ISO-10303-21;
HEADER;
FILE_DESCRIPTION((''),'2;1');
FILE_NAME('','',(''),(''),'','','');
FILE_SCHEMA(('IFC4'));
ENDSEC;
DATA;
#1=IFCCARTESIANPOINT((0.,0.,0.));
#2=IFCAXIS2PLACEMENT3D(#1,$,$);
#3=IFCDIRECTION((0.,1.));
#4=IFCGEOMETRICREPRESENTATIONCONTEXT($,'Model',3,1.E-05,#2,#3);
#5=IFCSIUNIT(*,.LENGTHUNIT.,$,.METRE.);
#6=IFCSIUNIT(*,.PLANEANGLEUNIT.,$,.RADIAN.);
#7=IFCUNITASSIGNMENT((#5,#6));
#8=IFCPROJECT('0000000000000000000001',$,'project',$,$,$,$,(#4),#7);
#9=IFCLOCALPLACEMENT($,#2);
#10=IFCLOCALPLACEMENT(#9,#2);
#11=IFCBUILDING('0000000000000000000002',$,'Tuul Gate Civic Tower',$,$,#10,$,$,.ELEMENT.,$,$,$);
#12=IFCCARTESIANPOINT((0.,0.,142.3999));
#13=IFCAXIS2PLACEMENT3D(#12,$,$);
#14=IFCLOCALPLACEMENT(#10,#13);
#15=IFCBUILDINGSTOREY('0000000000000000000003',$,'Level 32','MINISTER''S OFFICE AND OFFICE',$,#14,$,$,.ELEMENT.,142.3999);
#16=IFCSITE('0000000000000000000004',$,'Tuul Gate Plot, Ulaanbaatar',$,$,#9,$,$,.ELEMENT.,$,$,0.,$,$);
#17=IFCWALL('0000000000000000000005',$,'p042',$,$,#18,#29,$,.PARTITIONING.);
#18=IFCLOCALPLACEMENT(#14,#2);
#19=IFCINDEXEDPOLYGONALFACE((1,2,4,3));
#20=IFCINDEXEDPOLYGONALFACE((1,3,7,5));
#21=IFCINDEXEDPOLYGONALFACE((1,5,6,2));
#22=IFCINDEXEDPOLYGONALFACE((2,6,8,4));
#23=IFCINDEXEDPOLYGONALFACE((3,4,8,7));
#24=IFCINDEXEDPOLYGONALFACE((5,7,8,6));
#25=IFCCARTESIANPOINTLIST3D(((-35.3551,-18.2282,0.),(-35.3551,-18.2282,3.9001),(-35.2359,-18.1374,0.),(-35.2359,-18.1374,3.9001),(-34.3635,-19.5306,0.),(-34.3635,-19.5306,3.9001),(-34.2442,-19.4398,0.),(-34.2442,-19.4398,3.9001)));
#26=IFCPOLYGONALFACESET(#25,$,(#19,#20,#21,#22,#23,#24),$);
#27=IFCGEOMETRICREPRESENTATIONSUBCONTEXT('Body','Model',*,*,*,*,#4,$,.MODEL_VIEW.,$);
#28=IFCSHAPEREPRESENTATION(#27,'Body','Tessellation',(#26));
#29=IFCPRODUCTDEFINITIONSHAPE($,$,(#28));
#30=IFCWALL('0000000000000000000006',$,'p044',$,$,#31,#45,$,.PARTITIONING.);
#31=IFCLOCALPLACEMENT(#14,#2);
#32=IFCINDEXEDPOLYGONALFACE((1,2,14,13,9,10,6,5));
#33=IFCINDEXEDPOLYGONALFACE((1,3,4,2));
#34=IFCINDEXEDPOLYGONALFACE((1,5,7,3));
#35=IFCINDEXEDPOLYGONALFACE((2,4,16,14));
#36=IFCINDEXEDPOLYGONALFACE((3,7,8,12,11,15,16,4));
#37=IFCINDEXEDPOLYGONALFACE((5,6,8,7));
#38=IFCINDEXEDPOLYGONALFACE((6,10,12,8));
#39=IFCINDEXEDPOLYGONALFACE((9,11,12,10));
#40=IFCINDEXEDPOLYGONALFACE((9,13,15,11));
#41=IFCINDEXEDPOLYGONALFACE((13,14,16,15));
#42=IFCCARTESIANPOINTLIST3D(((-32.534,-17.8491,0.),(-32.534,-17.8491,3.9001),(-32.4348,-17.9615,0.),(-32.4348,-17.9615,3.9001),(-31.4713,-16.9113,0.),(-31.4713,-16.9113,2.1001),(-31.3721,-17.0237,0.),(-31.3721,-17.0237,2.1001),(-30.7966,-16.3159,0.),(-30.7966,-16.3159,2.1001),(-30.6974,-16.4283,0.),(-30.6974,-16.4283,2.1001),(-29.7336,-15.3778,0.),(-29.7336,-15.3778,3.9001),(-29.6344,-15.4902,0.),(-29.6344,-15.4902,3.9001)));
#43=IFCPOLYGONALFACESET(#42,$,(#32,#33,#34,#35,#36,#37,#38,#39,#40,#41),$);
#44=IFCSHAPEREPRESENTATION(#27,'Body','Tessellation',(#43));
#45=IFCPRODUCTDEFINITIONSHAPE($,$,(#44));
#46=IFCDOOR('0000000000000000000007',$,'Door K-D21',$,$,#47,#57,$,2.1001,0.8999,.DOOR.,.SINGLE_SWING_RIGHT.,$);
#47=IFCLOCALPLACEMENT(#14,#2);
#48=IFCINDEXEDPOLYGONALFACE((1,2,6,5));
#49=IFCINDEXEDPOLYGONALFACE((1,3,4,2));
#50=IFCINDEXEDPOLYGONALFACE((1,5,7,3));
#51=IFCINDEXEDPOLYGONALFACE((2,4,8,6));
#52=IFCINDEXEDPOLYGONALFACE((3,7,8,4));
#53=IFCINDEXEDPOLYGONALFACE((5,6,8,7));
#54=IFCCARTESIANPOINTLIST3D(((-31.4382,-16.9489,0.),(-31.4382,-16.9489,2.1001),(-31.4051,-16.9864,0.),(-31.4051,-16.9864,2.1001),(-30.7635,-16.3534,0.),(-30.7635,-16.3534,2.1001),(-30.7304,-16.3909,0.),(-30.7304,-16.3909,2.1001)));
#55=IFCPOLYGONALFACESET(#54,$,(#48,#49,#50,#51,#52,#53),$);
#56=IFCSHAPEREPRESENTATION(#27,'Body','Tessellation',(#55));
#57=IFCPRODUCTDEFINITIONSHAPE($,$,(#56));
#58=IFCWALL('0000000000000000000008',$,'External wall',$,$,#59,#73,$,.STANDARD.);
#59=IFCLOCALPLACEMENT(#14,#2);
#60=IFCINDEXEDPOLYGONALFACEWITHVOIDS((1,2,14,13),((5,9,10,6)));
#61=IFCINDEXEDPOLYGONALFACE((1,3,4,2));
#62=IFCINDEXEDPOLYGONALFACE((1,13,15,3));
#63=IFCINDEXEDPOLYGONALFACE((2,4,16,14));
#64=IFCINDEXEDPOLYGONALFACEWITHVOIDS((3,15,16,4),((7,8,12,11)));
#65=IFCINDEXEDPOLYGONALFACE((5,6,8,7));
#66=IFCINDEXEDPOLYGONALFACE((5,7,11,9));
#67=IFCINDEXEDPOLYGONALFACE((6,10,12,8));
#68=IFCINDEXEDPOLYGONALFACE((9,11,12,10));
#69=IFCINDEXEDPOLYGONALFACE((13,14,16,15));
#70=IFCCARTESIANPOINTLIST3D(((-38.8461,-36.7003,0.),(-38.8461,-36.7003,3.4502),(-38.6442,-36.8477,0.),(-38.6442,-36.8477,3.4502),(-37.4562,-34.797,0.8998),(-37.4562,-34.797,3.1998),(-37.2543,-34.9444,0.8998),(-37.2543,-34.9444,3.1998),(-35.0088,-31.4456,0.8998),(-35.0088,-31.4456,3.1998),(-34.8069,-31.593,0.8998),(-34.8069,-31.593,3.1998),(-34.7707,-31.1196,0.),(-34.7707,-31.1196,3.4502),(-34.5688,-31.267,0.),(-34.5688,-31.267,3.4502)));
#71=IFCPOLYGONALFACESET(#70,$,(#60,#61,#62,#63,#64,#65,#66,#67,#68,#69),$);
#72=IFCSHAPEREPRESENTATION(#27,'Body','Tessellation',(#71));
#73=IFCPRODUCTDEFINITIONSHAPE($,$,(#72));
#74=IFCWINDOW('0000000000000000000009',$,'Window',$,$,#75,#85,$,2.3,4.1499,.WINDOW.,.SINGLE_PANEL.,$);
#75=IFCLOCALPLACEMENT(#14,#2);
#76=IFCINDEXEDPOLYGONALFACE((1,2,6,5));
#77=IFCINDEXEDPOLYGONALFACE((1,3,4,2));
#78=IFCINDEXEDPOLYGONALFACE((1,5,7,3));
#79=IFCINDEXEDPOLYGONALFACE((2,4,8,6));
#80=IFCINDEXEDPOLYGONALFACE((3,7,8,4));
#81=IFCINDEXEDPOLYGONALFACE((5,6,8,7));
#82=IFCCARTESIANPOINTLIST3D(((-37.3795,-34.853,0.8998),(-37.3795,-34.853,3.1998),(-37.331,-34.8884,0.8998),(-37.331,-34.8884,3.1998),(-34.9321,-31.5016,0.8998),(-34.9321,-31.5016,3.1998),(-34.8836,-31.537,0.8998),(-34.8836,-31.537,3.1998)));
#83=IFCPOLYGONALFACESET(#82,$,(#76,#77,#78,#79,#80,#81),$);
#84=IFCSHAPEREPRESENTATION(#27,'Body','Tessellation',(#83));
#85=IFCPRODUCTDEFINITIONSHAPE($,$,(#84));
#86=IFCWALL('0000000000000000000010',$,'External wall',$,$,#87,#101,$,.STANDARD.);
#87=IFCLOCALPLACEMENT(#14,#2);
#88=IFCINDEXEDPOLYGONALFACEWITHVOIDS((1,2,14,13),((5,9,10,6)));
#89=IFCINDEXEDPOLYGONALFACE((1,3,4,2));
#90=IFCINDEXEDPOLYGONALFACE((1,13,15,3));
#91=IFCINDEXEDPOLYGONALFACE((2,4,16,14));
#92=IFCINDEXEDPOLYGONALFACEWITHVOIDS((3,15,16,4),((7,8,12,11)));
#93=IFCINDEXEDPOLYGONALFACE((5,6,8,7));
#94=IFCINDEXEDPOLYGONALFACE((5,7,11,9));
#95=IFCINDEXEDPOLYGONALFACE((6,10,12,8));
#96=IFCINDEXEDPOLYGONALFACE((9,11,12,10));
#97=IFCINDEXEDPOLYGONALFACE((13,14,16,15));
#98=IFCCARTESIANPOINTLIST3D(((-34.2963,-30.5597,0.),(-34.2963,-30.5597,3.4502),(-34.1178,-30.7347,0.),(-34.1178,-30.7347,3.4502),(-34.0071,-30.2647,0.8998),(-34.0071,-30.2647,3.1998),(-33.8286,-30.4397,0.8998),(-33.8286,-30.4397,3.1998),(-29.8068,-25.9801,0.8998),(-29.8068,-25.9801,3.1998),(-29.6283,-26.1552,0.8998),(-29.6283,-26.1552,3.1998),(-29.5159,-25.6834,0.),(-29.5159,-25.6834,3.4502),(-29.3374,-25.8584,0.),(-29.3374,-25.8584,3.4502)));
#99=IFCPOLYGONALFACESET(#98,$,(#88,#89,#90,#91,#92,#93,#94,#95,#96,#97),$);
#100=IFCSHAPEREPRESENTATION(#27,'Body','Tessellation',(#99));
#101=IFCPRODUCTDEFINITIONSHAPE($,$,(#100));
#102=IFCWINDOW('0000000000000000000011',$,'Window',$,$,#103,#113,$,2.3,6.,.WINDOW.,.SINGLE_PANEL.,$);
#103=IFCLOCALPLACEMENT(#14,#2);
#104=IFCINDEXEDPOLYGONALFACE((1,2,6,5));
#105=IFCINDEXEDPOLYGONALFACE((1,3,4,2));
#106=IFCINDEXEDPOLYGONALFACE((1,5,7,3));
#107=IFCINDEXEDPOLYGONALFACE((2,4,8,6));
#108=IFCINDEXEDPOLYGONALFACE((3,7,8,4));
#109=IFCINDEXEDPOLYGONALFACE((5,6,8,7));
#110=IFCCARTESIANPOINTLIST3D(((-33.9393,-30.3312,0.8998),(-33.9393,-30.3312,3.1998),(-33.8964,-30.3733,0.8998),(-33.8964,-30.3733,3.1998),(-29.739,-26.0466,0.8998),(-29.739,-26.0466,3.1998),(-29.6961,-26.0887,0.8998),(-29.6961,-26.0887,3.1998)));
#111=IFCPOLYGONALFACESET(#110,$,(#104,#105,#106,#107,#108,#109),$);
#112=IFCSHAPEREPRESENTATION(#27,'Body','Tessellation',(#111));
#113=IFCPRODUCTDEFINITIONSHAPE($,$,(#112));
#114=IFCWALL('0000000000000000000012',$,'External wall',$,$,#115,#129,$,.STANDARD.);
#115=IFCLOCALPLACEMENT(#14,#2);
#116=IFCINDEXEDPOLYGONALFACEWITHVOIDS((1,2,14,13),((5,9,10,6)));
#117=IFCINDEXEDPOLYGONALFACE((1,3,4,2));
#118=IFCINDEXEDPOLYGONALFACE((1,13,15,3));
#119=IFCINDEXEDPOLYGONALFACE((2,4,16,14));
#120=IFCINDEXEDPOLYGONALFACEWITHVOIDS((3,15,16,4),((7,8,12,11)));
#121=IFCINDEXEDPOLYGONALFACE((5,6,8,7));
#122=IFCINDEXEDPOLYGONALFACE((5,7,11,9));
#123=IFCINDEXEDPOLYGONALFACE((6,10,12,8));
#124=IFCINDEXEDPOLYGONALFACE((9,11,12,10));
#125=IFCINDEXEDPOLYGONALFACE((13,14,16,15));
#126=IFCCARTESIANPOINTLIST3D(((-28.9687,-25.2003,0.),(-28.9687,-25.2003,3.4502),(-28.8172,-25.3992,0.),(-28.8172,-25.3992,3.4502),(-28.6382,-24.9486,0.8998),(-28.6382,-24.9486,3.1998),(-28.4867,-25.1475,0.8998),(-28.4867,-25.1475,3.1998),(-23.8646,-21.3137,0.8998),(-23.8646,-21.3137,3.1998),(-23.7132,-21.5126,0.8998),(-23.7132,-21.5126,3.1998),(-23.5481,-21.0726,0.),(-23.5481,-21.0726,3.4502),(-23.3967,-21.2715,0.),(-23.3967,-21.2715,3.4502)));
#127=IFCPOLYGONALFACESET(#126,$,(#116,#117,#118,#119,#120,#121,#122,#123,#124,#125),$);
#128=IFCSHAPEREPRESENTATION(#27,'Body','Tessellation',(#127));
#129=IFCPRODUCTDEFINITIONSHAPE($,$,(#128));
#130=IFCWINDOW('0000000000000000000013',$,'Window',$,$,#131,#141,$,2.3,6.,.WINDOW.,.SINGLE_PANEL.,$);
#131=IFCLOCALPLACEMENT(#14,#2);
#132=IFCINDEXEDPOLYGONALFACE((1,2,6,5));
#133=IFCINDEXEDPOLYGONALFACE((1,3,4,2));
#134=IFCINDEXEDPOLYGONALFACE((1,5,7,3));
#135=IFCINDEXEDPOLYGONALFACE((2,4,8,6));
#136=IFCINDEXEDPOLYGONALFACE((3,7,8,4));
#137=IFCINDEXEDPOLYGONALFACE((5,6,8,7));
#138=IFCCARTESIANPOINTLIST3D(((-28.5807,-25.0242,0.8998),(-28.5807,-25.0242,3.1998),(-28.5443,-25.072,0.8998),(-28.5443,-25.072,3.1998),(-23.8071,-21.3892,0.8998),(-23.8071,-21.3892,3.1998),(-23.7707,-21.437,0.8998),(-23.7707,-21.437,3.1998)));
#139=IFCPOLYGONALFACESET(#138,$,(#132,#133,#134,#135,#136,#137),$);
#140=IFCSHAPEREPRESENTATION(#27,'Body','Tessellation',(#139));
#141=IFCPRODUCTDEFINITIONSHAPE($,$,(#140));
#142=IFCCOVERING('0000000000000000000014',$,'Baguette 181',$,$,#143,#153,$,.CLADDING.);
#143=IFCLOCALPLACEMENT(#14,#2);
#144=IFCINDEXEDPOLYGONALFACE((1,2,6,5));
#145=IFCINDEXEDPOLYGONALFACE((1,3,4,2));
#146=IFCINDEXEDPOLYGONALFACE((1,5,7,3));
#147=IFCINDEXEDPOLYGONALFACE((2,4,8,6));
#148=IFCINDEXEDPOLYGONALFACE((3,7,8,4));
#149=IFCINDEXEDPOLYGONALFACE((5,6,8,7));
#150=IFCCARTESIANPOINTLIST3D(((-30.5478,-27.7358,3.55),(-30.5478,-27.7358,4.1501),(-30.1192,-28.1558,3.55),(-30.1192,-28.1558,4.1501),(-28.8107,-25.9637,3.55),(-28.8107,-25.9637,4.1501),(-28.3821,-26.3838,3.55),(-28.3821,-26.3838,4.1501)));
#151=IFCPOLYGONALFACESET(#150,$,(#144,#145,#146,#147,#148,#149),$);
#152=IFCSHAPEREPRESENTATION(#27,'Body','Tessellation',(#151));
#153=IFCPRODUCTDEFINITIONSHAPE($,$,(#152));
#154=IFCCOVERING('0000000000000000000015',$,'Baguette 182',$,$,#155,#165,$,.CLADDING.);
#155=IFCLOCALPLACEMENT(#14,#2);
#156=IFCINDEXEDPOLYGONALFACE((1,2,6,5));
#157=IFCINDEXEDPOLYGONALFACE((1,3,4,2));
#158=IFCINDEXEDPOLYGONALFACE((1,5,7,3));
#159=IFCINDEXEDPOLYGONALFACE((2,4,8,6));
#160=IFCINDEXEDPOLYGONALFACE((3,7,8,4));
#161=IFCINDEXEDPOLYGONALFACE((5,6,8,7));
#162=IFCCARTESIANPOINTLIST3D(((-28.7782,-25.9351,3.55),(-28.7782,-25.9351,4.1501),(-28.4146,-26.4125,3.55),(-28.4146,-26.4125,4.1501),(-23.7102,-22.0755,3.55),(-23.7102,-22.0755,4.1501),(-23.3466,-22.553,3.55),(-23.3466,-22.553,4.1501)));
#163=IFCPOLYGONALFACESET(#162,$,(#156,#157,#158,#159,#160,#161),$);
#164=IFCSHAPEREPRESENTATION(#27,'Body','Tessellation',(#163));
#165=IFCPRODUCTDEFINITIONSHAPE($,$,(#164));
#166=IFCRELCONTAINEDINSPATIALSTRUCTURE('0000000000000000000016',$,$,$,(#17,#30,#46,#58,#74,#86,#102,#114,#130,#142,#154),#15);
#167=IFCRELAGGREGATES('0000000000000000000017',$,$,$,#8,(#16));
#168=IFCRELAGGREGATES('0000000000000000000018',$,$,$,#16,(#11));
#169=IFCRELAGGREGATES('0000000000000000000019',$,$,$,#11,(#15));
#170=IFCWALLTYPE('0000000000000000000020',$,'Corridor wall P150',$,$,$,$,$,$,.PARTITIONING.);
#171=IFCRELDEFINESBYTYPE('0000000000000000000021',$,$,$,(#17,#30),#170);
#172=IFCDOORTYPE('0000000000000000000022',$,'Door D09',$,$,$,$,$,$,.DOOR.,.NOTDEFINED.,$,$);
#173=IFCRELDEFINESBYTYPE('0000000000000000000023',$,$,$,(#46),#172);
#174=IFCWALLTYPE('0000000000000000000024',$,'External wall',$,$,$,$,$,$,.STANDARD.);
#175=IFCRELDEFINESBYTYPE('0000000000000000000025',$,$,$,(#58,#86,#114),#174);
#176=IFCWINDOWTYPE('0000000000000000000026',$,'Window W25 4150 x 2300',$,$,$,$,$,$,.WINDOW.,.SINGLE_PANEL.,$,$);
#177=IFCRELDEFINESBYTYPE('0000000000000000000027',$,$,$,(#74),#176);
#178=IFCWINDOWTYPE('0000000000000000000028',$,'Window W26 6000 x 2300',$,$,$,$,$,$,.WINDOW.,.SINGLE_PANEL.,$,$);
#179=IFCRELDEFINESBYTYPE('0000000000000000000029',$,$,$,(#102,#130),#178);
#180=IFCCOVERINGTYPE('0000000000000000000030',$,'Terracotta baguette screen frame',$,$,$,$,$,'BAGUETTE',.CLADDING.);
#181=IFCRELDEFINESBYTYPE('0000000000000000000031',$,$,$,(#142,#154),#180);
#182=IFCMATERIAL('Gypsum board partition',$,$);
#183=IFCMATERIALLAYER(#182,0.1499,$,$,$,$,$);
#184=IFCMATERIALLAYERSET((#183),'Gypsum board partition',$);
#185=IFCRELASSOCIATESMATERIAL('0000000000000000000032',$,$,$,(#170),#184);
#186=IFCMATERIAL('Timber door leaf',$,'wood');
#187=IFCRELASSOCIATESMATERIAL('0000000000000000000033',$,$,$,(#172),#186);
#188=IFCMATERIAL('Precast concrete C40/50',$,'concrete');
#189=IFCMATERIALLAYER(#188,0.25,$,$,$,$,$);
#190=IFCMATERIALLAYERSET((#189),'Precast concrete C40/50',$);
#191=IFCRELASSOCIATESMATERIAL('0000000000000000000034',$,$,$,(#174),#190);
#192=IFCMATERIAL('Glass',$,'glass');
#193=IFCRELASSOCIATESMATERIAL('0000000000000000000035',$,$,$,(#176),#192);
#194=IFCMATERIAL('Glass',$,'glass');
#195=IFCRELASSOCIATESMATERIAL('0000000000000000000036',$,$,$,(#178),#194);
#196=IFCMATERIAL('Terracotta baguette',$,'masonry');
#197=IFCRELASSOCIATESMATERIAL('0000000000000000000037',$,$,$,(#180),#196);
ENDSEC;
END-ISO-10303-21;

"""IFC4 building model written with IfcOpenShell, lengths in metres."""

from ifc_helpers import new_model, si_unit, direction, frame, frame_2d, origin, origin_2d, place, context, subcontext, project, spatial, rectangle, extrude, material, layer, layer_set, material_profile, profile_set, type_object, element, fill, save


model = new_model("IFC4")

# Units and contexts
model_context = context("Model", 3, precision=1e-05, world=origin(), true_north=direction((0.0, 1.0)))
body_context = subcontext(model_context, "Body", "Model", "MODEL_VIEW")
ifc_project = project(units=[si_unit("LENGTHUNIT", "METRE"), si_unit("PLANEANGLEUNIT", "RADIAN")], contexts=[model_context])

# Site, building, storey
site_placement = place(None, origin())
site = spatial("IfcSite", under=ifc_project, at=site_placement, Name="Tuul Gate Plot, Ulaanbaatar", CompositionType="ELEMENT", RefElevation=0.0)
building_placement = place(site_placement, origin())
building = spatial("IfcBuilding", under=site, at=building_placement, Name="Tuul Gate Civic Tower", CompositionType="ELEMENT")
storey_placement = place(building_placement, frame((0.0, 0.0, 142.3999)))
storey = spatial("IfcBuildingStorey", under=building, at=storey_placement, Name="Level 32", Description="MINISTER'S OFFICE AND OFFICE", CompositionType="ELEMENT", Elevation=142.3999)

# Wall
ifc_material_1 = material(Name="Gypsum board partition")
ifc_layer_1 = layer(ifc_material_1, 0.1499)
ifc_layer_set_1 = layer_set([ifc_layer_1], Name="Gypsum board partition")
wall_type_1 = type_object("IfcWallType", Name="Corridor wall P150", PredefinedType="PARTITIONING", material=ifc_layer_set_1)
wall_1_placement = place(storey_placement, frame((-35.2954, -18.1829, 0.0), z_axis=(0.0, 0.0, 1.0), x_axis=(0.605783, -0.79563, 0.0)))
element("IfcWall", 1, at=wall_1_placement, inside=storey, type_object=wall_type_1, Name="p042", PredefinedType="PARTITIONING", context=body_context, shape_type="SweptSolid", body=[
    extrude(rectangle(XDim=1.637, YDim=0.1499, at=frame_2d((0.8184, 0.0))), origin(), (0.0, 0.0, 1.0), 3.9001),
])

# Wall, opening, door
wall_2_placement = place(storey_placement, frame((-32.4844, -17.9053, 0.0), z_axis=(0.0, 0.0, 1.0), x_axis=(0.749792, 0.661674, 0.0)))
wall_2 = element("IfcWall", 2, at=wall_2_placement, inside=storey, type_object=wall_type_1, Name="p044", PredefinedType="PARTITIONING", context=body_context, shape_type="SweptSolid", body=[
    extrude(rectangle(XDim=3.7349, YDim=0.1499, at=frame_2d((1.8674, 0.0))), origin(), (0.0, 0.0, 1.0), 3.9001),
])
opening_1_placement = place(wall_2_placement, frame((1.4172, 0.0, 0.0)))
opening_1 = element("IfcOpeningElement", 3, at=opening_1_placement, cuts=wall_2, PredefinedType="OPENING", context=body_context, shape_type="SweptSolid", body=[
    extrude(rectangle(XDim=0.8999, YDim=2.1001, at=frame_2d((0.45, 1.05))), frame((0.0, 0.085, 0.0), z_axis=(0.0, -1.0, 0.0), x_axis=(1.0, 0.0, 0.0)), (0.0, 0.0, 1.0), 0.1699),
])
ifc_material_2 = material(Name="Timber door leaf", Category="wood")
door_type = type_object("IfcDoorType", Name="Door D09", OperationType="NOTDEFINED", PredefinedType="DOOR", material=ifc_material_2)
door_placement = place(opening_1_placement, origin())
door = element("IfcDoor", 4, at=door_placement, inside=storey, type_object=door_type, Name="Door K-D21", OperationType="SINGLE_SWING_RIGHT", OverallHeight=2.1001, OverallWidth=0.8999, PredefinedType="DOOR", context=body_context, shape_type="SweptSolid", body=[
    extrude(rectangle(XDim=0.8999, YDim=2.1001, at=frame_2d((0.45, 1.05))), frame((0.0, 0.0249, 0.0), z_axis=(0.0, -1.0, 0.0), x_axis=(1.0, 0.0, 0.0)), (0.0, 0.0, 1.0), 0.05),
])
fill(opening_1, door)

# Walls, openings, windows
ifc_material_3 = material(Name="Precast concrete C40/50", Category="concrete")
ifc_layer_2 = layer(ifc_material_3, 0.25)
ifc_layer_set_2 = layer_set([ifc_layer_2], Name="Precast concrete C40/50")
wall_type_2 = type_object("IfcWallType", Name="External wall", PredefinedType="STANDARD", material=ifc_layer_set_2)
wall_3_placement = place(storey_placement, frame((-38.7451, -36.7739, 0.0), z_axis=(0.0, 0.0, 1.0), x_axis=(0.589748, 0.807587, 0.0)))
wall_3 = element("IfcWall", 5, at=wall_3_placement, inside=storey, type_object=wall_type_2, Name="External wall", PredefinedType="STANDARD", context=body_context, shape_type="SweptSolid", body=[
    extrude(rectangle(XDim=6.9104, YDim=0.25, at=frame_2d((3.4551, 0.0))), origin(), (0.0, 0.0, 1.0), 3.4502),
])
opening_2_placement = place(wall_3_placement, frame((2.3567, 0.0, 0.8999)))
opening_2 = element("IfcOpeningElement", 6, at=opening_2_placement, cuts=wall_3, PredefinedType="OPENING", context=body_context, shape_type="SweptSolid", body=[
    extrude(rectangle(XDim=4.1499, YDim=2.3, at=frame_2d((2.075, 1.1499))), frame((0.0, 0.135, 0.0), z_axis=(0.0, -1.0, 0.0), x_axis=(1.0, 0.0, 0.0)), (0.0, 0.0, 1.0), 0.27),
])
ifc_material_4 = material(Name="Glass", Category="glass")
window_type_1 = type_object("IfcWindowType", Name="Window W25 4150 x 2300", PartitioningType="SINGLE_PANEL", PredefinedType="WINDOW", material=ifc_material_4)
window_1_placement = place(opening_2_placement, origin())
window_1 = element("IfcWindow", 7, at=window_1_placement, inside=storey, type_object=window_type_1, Name="Window", OverallHeight=2.3, OverallWidth=4.1499, PartitioningType="SINGLE_PANEL", PredefinedType="WINDOW", context=body_context, shape_type="SweptSolid", body=[
    extrude(rectangle(XDim=4.1499, YDim=2.3, at=frame_2d((2.075, 1.1499))), frame((0.0, 0.03, 0.0), z_axis=(0.0, -1.0, 0.0), x_axis=(1.0, 0.0, 0.0)), (0.0, 0.0, 1.0), 0.0601),
])
fill(opening_2, window_1)
wall_4_placement = place(storey_placement, frame((-34.207, -30.6472, 0.0), z_axis=(0.0, 0.0, 1.0), x_axis=(0.700046, 0.714097, 0.0)))
wall_4 = element("IfcWall", 8, at=wall_4_placement, inside=storey, type_object=wall_type_2, Name="External wall", PredefinedType="STANDARD", context=body_context, shape_type="SweptSolid", body=[
    extrude(rectangle(XDim=6.8286, YDim=0.25, at=frame_2d((3.4143, 0.0))), origin(), (0.0, 0.0, 1.0), 3.4502),
])
opening_3_placement = place(wall_4_placement, frame((0.4131, 0.0, 0.8999)))
opening_3 = element("IfcOpeningElement", 9, at=opening_3_placement, cuts=wall_4, PredefinedType="OPENING", context=body_context, shape_type="SweptSolid", body=[
    extrude(rectangle(XDim=6.0, YDim=2.3, at=frame_2d((3.0, 1.1499))), frame((0.0, 0.135, 0.0), z_axis=(0.0, -1.0, 0.0), x_axis=(1.0, 0.0, 0.0)), (0.0, 0.0, 1.0), 0.27),
])
ifc_material_5 = material(Name="Glass", Category="glass")
window_type_2 = type_object("IfcWindowType", Name="Window W26 6000 x 2300", PartitioningType="SINGLE_PANEL", PredefinedType="WINDOW", material=ifc_material_5)
window_2_placement = place(opening_3_placement, origin())
window_2 = element("IfcWindow", 10, at=window_2_placement, inside=storey, type_object=window_type_2, Name="Window", OverallHeight=2.3, OverallWidth=6.0, PartitioningType="SINGLE_PANEL", PredefinedType="WINDOW", context=body_context, shape_type="SweptSolid", body=[
    extrude(rectangle(XDim=6.0, YDim=2.3, at=frame_2d((3.0, 1.1499))), frame((0.0, 0.03, 0.0), z_axis=(0.0, -1.0, 0.0), x_axis=(1.0, 0.0, 0.0)), (0.0, 0.0, 1.0), 0.0601),
])
fill(opening_3, window_2)
wall_5_placement = place(storey_placement, frame((-28.8931, -25.2998, 0.0), z_axis=(0.0, 0.0, 1.0), x_axis=(0.795597, 0.605826, 0.0)))
wall_5 = element("IfcWall", 11, at=wall_5_placement, inside=storey, type_object=wall_type_2, Name="External wall", PredefinedType="STANDARD", context=body_context, shape_type="SweptSolid", body=[
    extrude(rectangle(XDim=6.8132, YDim=0.25, at=frame_2d((3.4067, 0.0))), origin(), (0.0, 0.0, 1.0), 3.4502),
])
opening_4_placement = place(wall_5_placement, frame((0.4155, 0.0, 0.8999)))
opening_4 = element("IfcOpeningElement", 12, at=opening_4_placement, cuts=wall_5, PredefinedType="OPENING", context=body_context, shape_type="SweptSolid", body=[
    extrude(rectangle(XDim=6.0, YDim=2.3, at=frame_2d((3.0, 1.1499))), frame((0.0, 0.135, 0.0), z_axis=(0.0, -1.0, 0.0), x_axis=(1.0, 0.0, 0.0)), (0.0, 0.0, 1.0), 0.27),
])
window_3_placement = place(opening_4_placement, origin())
window_3 = element("IfcWindow", 13, at=window_3_placement, inside=storey, type_object=window_type_2, Name="Window", OverallHeight=2.3, OverallWidth=6.0, PartitioningType="SINGLE_PANEL", PredefinedType="WINDOW", context=body_context, shape_type="SweptSolid", body=[
    extrude(rectangle(XDim=6.0, YDim=2.3, at=frame_2d((3.0, 1.1499))), frame((0.0, 0.03, 0.0), z_axis=(0.0, -1.0, 0.0), x_axis=(1.0, 0.0, 0.0)), (0.0, 0.0, 1.0), 0.0601),
])
fill(opening_4, window_3)

# Coverings
ifc_material_6 = material(Name="Terracotta baguette", Category="masonry")
ifc_material_profile_1 = material_profile(ifc_material_6, rectangle(XDim=0.6001, YDim=0.6001, at=origin_2d()), Name="Terracotta baguette screen frame")
ifc_profile_set_1 = profile_set([ifc_material_profile_1], Name="Terracotta baguette")
covering_type = type_object("IfcCoveringType", Name="Terracotta baguette screen frame", ElementType="BAGUETTE", PredefinedType="CLADDING", material=ifc_profile_set_1)
covering_1_placement = place(storey_placement, frame((-30.3335, -27.9458, 3.8501), z_axis=(0.700037, 0.714107, 0.0), x_axis=(-0.714107, 0.700037, 0.0)))
element("IfcCovering", 14, at=covering_1_placement, inside=storey, type_object=covering_type, Name="Baguette 181", PredefinedType="CLADDING", context=body_context, shape_type="SweptSolid", body=[
    extrude(rectangle(XDim=0.6001, YDim=0.6001, at=origin_2d()), origin(), (0.0, 0.0, 1.0), 2.4814),
])
covering_2_placement = place(storey_placement, frame((-28.5964, -26.1738, 3.8501), z_axis=(0.795568, 0.605864, 0.0), x_axis=(-0.605864, 0.795568, 0.0)))
element("IfcCovering", 15, at=covering_2_placement, inside=storey, type_object=covering_type, Name="Baguette 182", PredefinedType="CLADDING", context=body_context, shape_type="SweptSolid", body=[
    extrude(rectangle(XDim=0.6001, YDim=0.6001, at=origin_2d()), origin(), (0.0, 0.0, 1.0), 6.3704),
])

save(model, "model.ifc")
